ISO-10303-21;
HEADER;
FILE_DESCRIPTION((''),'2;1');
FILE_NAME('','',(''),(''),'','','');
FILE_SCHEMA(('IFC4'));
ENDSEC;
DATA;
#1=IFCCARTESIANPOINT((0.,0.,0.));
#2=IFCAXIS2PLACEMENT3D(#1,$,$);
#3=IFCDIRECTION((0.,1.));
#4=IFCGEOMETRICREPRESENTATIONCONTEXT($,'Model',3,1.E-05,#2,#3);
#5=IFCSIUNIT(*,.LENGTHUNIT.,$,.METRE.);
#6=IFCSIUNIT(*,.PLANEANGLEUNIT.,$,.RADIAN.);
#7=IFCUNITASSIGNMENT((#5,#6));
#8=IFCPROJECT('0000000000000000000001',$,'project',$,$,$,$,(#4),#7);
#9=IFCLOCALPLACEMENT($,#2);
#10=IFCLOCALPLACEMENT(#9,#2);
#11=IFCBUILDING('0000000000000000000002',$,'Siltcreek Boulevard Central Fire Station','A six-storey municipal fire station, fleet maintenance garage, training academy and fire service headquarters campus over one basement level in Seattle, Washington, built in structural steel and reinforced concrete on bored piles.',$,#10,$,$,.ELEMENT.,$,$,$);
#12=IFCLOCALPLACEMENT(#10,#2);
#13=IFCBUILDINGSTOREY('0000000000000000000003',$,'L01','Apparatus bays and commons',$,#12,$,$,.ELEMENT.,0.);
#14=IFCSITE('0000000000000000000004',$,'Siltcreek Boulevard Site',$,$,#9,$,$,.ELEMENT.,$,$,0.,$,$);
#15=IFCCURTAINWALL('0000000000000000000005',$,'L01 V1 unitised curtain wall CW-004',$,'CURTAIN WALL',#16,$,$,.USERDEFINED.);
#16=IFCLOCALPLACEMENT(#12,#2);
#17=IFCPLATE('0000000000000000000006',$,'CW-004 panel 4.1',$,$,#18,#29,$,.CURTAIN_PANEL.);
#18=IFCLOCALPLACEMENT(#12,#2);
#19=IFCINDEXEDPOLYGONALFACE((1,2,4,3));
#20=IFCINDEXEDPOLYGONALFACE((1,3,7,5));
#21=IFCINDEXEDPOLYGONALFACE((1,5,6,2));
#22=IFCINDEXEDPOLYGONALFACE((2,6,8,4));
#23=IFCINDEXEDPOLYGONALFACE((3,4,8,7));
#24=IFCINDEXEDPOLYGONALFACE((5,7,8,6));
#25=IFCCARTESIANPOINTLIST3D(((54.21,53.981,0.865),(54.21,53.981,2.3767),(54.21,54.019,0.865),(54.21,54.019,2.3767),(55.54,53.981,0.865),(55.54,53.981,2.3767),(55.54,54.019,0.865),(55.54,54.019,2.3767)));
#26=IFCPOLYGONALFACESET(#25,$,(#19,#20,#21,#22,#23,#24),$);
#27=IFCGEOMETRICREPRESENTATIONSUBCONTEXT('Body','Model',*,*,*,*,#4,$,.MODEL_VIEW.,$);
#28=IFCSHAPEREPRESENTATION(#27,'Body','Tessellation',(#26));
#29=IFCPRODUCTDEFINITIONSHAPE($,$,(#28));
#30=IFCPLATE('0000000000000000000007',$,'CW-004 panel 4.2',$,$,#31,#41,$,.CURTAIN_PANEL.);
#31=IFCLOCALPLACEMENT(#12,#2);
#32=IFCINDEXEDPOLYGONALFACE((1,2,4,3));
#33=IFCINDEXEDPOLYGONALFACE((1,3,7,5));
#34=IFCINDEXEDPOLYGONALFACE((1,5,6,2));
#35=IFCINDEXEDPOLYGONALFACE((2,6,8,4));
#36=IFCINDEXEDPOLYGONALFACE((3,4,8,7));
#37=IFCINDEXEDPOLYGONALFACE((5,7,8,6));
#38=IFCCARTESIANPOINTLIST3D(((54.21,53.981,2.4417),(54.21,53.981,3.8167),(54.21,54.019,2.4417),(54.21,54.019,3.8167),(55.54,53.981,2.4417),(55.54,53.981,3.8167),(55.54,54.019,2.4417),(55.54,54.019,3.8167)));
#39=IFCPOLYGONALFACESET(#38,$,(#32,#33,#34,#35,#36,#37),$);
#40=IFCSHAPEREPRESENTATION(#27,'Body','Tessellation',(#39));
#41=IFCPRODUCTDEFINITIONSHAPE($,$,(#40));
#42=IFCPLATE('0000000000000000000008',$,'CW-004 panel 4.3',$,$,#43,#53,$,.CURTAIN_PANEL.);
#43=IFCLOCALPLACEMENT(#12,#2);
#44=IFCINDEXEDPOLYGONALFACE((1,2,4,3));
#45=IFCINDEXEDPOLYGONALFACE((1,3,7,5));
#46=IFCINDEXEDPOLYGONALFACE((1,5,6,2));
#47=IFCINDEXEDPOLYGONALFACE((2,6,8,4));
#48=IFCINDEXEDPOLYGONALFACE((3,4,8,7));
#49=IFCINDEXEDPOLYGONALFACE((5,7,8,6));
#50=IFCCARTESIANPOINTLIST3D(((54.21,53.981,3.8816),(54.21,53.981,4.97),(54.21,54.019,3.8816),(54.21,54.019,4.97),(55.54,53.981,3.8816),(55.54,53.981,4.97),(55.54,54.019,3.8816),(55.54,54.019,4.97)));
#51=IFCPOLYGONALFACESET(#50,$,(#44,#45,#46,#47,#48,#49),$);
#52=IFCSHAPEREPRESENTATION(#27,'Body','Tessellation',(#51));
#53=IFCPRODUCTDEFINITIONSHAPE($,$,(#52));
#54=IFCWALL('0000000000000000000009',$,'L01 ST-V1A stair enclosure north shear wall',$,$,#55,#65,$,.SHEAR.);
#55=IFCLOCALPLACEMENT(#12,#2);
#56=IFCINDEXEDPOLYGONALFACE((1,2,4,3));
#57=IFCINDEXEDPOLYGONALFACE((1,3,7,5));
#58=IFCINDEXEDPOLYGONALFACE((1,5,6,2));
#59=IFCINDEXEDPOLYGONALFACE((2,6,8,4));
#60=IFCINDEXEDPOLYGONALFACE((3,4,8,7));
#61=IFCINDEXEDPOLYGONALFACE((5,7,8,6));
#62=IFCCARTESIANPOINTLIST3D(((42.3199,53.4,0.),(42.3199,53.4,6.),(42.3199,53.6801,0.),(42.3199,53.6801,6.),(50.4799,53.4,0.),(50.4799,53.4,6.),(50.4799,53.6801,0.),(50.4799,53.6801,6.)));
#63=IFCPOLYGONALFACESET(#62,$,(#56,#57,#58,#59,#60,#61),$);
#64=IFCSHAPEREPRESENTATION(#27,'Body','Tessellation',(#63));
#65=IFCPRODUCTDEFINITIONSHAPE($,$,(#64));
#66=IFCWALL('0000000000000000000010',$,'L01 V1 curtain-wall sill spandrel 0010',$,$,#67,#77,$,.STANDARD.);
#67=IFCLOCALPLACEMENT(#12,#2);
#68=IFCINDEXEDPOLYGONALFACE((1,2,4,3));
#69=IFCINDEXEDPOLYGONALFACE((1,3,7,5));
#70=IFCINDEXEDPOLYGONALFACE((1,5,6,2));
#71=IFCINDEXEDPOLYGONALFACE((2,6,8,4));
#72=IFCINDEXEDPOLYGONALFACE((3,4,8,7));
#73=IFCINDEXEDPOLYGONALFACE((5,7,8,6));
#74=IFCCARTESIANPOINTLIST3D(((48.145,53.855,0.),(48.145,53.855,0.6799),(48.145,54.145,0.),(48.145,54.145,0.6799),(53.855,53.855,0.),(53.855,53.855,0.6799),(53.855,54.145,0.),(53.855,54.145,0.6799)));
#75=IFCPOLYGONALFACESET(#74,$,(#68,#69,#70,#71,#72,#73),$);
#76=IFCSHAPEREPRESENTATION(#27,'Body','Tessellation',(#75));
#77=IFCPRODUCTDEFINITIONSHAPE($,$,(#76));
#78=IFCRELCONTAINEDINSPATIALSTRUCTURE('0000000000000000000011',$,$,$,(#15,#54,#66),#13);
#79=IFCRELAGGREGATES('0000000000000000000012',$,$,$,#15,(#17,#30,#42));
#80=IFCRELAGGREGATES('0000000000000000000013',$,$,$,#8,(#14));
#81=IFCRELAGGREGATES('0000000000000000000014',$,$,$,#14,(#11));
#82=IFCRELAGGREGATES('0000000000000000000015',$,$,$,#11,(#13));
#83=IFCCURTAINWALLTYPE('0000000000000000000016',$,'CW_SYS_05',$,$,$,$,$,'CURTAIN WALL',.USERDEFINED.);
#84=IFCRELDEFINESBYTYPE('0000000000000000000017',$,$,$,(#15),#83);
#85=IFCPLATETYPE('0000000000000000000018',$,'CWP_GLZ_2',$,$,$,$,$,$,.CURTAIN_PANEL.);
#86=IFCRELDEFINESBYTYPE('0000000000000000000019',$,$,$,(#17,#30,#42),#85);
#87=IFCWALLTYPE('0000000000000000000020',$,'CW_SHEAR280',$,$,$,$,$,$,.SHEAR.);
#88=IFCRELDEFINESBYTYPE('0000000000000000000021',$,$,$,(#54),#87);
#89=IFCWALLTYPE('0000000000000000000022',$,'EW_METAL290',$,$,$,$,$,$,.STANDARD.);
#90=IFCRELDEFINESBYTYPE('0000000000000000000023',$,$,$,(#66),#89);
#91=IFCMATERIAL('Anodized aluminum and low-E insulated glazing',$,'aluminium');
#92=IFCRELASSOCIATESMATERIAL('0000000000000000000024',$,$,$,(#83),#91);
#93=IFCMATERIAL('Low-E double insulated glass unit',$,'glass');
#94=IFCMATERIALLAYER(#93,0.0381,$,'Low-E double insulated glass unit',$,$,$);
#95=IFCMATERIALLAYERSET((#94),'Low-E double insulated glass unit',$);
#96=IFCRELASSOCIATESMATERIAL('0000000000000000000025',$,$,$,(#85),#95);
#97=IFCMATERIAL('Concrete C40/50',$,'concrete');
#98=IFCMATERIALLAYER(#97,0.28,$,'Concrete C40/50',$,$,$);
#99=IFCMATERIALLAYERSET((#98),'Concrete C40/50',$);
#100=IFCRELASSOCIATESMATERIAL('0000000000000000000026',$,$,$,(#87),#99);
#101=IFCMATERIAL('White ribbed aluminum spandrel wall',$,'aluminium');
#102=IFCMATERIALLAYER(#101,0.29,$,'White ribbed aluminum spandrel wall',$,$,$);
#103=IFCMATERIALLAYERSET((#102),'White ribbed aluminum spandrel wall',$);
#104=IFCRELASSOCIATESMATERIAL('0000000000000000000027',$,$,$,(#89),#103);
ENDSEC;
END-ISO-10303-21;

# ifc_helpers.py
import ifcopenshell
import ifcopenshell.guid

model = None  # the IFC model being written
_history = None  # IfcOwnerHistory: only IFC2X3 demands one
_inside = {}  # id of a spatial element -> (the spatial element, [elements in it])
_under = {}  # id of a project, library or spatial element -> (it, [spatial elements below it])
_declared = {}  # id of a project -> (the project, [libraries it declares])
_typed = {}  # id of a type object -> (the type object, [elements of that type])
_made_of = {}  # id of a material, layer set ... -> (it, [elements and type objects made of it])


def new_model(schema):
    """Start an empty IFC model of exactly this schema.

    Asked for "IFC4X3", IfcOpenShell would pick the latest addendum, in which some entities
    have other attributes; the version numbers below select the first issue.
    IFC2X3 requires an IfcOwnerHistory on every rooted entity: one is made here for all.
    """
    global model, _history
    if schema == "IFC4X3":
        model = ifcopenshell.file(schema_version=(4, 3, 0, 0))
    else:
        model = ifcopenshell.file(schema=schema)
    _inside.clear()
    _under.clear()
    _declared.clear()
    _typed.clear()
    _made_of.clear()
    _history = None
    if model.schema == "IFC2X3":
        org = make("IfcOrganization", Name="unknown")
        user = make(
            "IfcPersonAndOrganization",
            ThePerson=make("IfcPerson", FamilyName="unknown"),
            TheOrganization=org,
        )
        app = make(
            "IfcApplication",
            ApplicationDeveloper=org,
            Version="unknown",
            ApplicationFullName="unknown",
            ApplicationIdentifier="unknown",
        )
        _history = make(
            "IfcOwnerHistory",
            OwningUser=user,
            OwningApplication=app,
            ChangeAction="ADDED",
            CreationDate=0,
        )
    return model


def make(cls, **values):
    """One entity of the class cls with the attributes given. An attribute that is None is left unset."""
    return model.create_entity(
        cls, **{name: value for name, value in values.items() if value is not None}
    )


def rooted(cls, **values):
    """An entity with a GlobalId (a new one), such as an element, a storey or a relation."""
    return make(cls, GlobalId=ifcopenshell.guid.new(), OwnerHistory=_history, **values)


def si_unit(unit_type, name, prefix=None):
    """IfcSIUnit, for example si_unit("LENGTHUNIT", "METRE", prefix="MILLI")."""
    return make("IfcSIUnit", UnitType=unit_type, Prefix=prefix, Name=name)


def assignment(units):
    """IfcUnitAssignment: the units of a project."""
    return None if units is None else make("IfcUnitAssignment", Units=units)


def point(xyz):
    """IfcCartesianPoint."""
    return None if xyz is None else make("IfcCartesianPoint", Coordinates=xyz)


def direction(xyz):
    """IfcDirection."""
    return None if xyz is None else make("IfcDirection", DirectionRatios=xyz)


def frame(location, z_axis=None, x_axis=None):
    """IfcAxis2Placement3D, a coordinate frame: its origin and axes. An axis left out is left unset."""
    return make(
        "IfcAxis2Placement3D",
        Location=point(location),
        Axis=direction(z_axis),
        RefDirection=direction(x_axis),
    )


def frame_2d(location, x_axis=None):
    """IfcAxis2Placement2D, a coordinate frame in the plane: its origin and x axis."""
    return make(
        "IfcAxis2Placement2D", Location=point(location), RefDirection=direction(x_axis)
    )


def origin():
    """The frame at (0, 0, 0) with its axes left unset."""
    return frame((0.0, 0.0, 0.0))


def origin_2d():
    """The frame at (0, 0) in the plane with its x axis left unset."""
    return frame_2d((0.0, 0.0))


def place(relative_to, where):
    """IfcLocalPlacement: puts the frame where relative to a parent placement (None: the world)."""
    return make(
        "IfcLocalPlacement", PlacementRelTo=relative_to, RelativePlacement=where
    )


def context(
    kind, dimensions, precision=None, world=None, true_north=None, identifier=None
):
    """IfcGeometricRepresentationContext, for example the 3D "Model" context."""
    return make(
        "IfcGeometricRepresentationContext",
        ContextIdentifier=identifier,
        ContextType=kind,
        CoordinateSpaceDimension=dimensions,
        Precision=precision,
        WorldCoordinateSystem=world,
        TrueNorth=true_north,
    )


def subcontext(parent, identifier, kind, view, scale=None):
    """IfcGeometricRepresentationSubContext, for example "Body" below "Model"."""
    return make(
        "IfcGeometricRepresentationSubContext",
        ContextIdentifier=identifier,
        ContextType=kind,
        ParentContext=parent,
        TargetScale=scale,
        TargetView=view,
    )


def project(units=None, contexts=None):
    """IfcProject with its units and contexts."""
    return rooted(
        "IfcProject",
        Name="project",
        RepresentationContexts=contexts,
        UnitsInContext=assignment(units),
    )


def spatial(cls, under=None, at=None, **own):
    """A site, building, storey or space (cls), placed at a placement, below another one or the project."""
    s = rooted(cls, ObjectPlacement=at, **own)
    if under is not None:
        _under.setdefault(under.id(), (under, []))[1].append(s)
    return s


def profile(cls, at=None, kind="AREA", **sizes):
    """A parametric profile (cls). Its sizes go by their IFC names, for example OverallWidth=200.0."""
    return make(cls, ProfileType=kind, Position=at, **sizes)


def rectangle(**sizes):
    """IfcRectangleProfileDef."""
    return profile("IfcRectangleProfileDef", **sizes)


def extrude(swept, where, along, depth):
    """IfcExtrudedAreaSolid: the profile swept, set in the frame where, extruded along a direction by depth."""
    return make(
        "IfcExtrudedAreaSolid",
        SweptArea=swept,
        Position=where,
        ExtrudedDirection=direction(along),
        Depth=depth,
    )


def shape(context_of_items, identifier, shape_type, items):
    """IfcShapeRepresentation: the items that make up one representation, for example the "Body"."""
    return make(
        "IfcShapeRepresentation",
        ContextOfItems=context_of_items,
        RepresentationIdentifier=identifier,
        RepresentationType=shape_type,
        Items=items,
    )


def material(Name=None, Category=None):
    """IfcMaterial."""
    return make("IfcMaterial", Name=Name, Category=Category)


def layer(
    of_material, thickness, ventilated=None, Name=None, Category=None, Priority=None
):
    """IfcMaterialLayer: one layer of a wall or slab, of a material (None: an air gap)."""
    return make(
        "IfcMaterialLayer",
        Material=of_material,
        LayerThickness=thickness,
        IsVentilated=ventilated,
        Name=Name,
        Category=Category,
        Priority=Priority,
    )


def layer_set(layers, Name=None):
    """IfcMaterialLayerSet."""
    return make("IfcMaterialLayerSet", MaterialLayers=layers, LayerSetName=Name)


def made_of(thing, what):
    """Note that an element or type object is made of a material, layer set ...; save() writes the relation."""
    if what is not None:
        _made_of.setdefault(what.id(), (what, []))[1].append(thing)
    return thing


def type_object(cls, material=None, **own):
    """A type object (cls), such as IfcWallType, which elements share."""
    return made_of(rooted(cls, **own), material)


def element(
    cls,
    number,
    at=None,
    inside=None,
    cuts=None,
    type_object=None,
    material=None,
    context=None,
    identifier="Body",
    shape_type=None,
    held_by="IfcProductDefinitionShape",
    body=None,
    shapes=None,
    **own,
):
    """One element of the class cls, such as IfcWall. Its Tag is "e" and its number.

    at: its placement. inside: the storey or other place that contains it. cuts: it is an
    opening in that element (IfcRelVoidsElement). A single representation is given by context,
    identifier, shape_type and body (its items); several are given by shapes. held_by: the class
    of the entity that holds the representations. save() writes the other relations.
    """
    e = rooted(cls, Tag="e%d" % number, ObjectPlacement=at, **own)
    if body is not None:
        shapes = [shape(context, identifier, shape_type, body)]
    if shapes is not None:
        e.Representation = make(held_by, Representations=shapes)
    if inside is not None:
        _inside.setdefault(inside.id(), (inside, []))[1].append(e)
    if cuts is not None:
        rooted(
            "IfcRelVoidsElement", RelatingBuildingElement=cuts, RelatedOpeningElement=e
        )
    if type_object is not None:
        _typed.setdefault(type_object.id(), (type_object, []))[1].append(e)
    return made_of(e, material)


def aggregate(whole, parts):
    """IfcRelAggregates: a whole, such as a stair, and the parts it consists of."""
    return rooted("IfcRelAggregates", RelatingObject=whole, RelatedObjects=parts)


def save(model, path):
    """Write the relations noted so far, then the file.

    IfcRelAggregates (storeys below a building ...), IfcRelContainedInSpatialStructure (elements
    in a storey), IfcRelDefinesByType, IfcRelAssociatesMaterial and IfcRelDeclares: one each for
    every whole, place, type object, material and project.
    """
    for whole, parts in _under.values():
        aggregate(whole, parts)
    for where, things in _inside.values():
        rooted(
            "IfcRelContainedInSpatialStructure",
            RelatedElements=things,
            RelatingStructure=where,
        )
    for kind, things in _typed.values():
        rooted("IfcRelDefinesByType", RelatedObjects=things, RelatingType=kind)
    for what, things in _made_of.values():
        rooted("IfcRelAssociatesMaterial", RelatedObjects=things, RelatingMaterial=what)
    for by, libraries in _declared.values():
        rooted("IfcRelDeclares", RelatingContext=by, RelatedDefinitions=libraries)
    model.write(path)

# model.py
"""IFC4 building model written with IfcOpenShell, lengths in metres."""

from ifc_helpers import new_model, si_unit, direction, frame, frame_2d, origin, origin_2d, place, context, subcontext, project, spatial, rectangle, extrude, material, layer, layer_set, type_object, element, aggregate, save


model = new_model("IFC4")

# Units and contexts
model_context = context("Model", 3, precision=1e-05, world=origin(), true_north=direction((0.0, 1.0)))
body_context = subcontext(model_context, "Body", "Model", "MODEL_VIEW")
ifc_project = project(units=[si_unit("LENGTHUNIT", "METRE"), si_unit("PLANEANGLEUNIT", "RADIAN")], contexts=[model_context])

# Site, building, storey
site_placement = place(None, origin())
site = spatial("IfcSite", under=ifc_project, at=site_placement, Name="Siltcreek Boulevard Site", CompositionType="ELEMENT", RefElevation=0.0)
building_placement = place(site_placement, origin())
building = spatial("IfcBuilding", under=site, at=building_placement, Name="Siltcreek Boulevard Central Fire Station", Description="A six-storey municipal fire station, fleet maintenance garage, training academy and fire service headquarters campus over one basement level in Seattle, Washington, built in structural steel and reinforced concrete on bored piles.", CompositionType="ELEMENT")
storey_placement = place(building_placement, origin())
storey = spatial("IfcBuildingStorey", under=building, at=storey_placement, Name="L01", Description="Apparatus bays and commons", CompositionType="ELEMENT", Elevation=0.0)

# Shared definitions
ifc_material_1 = material(Name="Anodized aluminum and low-E insulated glazing", Category="aluminium")

# Curtain wall
curtain_wall_type_1 = type_object("IfcCurtainWallType", Name="CW_SYS_05", ElementType="CURTAIN WALL", PredefinedType="USERDEFINED", material=ifc_material_1)
curtain_wall_1_placement = place(storey_placement, origin())
curtain_wall_1 = element("IfcCurtainWall", 1, at=curtain_wall_1_placement, inside=storey, type_object=curtain_wall_type_1, Name="L01 V1 unitised curtain wall CW-004", ObjectType="CURTAIN WALL", PredefinedType="USERDEFINED")

# Plates
ifc_material_2 = material(Name="Low-E double insulated glass unit", Category="glass")
ifc_layer_1 = layer(ifc_material_2, 0.0381, Name="Low-E double insulated glass unit")
ifc_layer_set_1 = layer_set([ifc_layer_1], Name="Low-E double insulated glass unit")
plate_type_1 = type_object("IfcPlateType", Name="CWP_GLZ_2", PredefinedType="CURTAIN_PANEL", material=ifc_layer_set_1)
plate_1_placement = place(storey_placement, frame((54.875, 54.0, 0.865), z_axis=(0.0, 0.0, 1.0), x_axis=(-1.0, 0.0, 0.0)))
plate_1 = element("IfcPlate", 2, at=plate_1_placement, type_object=plate_type_1, Name="CW-004 panel 4.1", PredefinedType="CURTAIN_PANEL", context=body_context, shape_type="SweptSolid", body=[
    extrude(rectangle(XDim=1.3301, YDim=0.0381, at=origin_2d()), origin(), (0.0, 0.0, 1.0), 1.5117),
])
plate_2_placement = place(storey_placement, frame((54.875, 54.0, 2.4417), z_axis=(0.0, 0.0, 1.0), x_axis=(-1.0, 0.0, 0.0)))
plate_2 = element("IfcPlate", 3, at=plate_2_placement, type_object=plate_type_1, Name="CW-004 panel 4.2", PredefinedType="CURTAIN_PANEL", context=body_context, shape_type="SweptSolid", body=[
    extrude(rectangle(XDim=1.3301, YDim=0.0381, at=origin_2d()), origin(), (0.0, 0.0, 1.0), 1.375),
])
plate_3_placement = place(storey_placement, frame((54.875, 54.0, 3.8816), z_axis=(0.0, 0.0, 1.0), x_axis=(-1.0, 0.0, 0.0)))
plate_3 = element("IfcPlate", 4, at=plate_3_placement, type_object=plate_type_1, Name="CW-004 panel 4.3", PredefinedType="CURTAIN_PANEL", context=body_context, shape_type="SweptSolid", body=[
    extrude(rectangle(XDim=1.3301, YDim=0.0381, at=origin_2d()), origin(), (0.0, 0.0, 1.0), 1.0884),
])
aggregate(curtain_wall_1, [plate_1, plate_2, plate_3])

# Walls
ifc_material_3 = material(Name="Concrete C40/50", Category="concrete")
ifc_layer_2 = layer(ifc_material_3, 0.28, Name="Concrete C40/50")
ifc_layer_set_2 = layer_set([ifc_layer_2], Name="Concrete C40/50")
wall_type_1 = type_object("IfcWallType", Name="CW_SHEAR280", PredefinedType="SHEAR", material=ifc_layer_set_2)
wall_1_placement = place(storey_placement, frame((50.48, 53.54, 0.0), z_axis=(0.0, 0.0, 1.0), x_axis=(-1.0, 0.0, 0.0)))
element("IfcWall", 5, at=wall_1_placement, inside=storey, type_object=wall_type_1, Name="L01 ST-V1A stair enclosure north shear wall", PredefinedType="SHEAR", context=body_context, shape_type="SweptSolid", body=[
    extrude(rectangle(XDim=8.1599, YDim=0.28, at=frame_2d((4.0801, 0.0))), origin(), (0.0, 0.0, 1.0), 6.0),
])
ifc_material_4 = material(Name="White ribbed aluminum spandrel wall", Category="aluminium")
ifc_layer_3 = layer(ifc_material_4, 0.29, Name="White ribbed aluminum spandrel wall")
ifc_layer_set_3 = layer_set([ifc_layer_3], Name="White ribbed aluminum spandrel wall")
wall_type_2 = type_object("IfcWallType", Name="EW_METAL290", PredefinedType="STANDARD", material=ifc_layer_set_3)
wall_2_placement = place(storey_placement, frame((53.855, 54.0, 0.0), z_axis=(0.0, 0.0, 1.0), x_axis=(-1.0, 0.0, 0.0)))
element("IfcWall", 6, at=wall_2_placement, inside=storey, type_object=wall_type_2, Name="L01 V1 curtain-wall sill spandrel 0010", PredefinedType="STANDARD", context=body_context, shape_type="SweptSolid", body=[
    extrude(rectangle(XDim=5.71, YDim=0.29, at=frame_2d((2.855, 0.0))), origin(), (0.0, 0.0, 1.0), 0.6799),
])

save(model, "model.ifc")
